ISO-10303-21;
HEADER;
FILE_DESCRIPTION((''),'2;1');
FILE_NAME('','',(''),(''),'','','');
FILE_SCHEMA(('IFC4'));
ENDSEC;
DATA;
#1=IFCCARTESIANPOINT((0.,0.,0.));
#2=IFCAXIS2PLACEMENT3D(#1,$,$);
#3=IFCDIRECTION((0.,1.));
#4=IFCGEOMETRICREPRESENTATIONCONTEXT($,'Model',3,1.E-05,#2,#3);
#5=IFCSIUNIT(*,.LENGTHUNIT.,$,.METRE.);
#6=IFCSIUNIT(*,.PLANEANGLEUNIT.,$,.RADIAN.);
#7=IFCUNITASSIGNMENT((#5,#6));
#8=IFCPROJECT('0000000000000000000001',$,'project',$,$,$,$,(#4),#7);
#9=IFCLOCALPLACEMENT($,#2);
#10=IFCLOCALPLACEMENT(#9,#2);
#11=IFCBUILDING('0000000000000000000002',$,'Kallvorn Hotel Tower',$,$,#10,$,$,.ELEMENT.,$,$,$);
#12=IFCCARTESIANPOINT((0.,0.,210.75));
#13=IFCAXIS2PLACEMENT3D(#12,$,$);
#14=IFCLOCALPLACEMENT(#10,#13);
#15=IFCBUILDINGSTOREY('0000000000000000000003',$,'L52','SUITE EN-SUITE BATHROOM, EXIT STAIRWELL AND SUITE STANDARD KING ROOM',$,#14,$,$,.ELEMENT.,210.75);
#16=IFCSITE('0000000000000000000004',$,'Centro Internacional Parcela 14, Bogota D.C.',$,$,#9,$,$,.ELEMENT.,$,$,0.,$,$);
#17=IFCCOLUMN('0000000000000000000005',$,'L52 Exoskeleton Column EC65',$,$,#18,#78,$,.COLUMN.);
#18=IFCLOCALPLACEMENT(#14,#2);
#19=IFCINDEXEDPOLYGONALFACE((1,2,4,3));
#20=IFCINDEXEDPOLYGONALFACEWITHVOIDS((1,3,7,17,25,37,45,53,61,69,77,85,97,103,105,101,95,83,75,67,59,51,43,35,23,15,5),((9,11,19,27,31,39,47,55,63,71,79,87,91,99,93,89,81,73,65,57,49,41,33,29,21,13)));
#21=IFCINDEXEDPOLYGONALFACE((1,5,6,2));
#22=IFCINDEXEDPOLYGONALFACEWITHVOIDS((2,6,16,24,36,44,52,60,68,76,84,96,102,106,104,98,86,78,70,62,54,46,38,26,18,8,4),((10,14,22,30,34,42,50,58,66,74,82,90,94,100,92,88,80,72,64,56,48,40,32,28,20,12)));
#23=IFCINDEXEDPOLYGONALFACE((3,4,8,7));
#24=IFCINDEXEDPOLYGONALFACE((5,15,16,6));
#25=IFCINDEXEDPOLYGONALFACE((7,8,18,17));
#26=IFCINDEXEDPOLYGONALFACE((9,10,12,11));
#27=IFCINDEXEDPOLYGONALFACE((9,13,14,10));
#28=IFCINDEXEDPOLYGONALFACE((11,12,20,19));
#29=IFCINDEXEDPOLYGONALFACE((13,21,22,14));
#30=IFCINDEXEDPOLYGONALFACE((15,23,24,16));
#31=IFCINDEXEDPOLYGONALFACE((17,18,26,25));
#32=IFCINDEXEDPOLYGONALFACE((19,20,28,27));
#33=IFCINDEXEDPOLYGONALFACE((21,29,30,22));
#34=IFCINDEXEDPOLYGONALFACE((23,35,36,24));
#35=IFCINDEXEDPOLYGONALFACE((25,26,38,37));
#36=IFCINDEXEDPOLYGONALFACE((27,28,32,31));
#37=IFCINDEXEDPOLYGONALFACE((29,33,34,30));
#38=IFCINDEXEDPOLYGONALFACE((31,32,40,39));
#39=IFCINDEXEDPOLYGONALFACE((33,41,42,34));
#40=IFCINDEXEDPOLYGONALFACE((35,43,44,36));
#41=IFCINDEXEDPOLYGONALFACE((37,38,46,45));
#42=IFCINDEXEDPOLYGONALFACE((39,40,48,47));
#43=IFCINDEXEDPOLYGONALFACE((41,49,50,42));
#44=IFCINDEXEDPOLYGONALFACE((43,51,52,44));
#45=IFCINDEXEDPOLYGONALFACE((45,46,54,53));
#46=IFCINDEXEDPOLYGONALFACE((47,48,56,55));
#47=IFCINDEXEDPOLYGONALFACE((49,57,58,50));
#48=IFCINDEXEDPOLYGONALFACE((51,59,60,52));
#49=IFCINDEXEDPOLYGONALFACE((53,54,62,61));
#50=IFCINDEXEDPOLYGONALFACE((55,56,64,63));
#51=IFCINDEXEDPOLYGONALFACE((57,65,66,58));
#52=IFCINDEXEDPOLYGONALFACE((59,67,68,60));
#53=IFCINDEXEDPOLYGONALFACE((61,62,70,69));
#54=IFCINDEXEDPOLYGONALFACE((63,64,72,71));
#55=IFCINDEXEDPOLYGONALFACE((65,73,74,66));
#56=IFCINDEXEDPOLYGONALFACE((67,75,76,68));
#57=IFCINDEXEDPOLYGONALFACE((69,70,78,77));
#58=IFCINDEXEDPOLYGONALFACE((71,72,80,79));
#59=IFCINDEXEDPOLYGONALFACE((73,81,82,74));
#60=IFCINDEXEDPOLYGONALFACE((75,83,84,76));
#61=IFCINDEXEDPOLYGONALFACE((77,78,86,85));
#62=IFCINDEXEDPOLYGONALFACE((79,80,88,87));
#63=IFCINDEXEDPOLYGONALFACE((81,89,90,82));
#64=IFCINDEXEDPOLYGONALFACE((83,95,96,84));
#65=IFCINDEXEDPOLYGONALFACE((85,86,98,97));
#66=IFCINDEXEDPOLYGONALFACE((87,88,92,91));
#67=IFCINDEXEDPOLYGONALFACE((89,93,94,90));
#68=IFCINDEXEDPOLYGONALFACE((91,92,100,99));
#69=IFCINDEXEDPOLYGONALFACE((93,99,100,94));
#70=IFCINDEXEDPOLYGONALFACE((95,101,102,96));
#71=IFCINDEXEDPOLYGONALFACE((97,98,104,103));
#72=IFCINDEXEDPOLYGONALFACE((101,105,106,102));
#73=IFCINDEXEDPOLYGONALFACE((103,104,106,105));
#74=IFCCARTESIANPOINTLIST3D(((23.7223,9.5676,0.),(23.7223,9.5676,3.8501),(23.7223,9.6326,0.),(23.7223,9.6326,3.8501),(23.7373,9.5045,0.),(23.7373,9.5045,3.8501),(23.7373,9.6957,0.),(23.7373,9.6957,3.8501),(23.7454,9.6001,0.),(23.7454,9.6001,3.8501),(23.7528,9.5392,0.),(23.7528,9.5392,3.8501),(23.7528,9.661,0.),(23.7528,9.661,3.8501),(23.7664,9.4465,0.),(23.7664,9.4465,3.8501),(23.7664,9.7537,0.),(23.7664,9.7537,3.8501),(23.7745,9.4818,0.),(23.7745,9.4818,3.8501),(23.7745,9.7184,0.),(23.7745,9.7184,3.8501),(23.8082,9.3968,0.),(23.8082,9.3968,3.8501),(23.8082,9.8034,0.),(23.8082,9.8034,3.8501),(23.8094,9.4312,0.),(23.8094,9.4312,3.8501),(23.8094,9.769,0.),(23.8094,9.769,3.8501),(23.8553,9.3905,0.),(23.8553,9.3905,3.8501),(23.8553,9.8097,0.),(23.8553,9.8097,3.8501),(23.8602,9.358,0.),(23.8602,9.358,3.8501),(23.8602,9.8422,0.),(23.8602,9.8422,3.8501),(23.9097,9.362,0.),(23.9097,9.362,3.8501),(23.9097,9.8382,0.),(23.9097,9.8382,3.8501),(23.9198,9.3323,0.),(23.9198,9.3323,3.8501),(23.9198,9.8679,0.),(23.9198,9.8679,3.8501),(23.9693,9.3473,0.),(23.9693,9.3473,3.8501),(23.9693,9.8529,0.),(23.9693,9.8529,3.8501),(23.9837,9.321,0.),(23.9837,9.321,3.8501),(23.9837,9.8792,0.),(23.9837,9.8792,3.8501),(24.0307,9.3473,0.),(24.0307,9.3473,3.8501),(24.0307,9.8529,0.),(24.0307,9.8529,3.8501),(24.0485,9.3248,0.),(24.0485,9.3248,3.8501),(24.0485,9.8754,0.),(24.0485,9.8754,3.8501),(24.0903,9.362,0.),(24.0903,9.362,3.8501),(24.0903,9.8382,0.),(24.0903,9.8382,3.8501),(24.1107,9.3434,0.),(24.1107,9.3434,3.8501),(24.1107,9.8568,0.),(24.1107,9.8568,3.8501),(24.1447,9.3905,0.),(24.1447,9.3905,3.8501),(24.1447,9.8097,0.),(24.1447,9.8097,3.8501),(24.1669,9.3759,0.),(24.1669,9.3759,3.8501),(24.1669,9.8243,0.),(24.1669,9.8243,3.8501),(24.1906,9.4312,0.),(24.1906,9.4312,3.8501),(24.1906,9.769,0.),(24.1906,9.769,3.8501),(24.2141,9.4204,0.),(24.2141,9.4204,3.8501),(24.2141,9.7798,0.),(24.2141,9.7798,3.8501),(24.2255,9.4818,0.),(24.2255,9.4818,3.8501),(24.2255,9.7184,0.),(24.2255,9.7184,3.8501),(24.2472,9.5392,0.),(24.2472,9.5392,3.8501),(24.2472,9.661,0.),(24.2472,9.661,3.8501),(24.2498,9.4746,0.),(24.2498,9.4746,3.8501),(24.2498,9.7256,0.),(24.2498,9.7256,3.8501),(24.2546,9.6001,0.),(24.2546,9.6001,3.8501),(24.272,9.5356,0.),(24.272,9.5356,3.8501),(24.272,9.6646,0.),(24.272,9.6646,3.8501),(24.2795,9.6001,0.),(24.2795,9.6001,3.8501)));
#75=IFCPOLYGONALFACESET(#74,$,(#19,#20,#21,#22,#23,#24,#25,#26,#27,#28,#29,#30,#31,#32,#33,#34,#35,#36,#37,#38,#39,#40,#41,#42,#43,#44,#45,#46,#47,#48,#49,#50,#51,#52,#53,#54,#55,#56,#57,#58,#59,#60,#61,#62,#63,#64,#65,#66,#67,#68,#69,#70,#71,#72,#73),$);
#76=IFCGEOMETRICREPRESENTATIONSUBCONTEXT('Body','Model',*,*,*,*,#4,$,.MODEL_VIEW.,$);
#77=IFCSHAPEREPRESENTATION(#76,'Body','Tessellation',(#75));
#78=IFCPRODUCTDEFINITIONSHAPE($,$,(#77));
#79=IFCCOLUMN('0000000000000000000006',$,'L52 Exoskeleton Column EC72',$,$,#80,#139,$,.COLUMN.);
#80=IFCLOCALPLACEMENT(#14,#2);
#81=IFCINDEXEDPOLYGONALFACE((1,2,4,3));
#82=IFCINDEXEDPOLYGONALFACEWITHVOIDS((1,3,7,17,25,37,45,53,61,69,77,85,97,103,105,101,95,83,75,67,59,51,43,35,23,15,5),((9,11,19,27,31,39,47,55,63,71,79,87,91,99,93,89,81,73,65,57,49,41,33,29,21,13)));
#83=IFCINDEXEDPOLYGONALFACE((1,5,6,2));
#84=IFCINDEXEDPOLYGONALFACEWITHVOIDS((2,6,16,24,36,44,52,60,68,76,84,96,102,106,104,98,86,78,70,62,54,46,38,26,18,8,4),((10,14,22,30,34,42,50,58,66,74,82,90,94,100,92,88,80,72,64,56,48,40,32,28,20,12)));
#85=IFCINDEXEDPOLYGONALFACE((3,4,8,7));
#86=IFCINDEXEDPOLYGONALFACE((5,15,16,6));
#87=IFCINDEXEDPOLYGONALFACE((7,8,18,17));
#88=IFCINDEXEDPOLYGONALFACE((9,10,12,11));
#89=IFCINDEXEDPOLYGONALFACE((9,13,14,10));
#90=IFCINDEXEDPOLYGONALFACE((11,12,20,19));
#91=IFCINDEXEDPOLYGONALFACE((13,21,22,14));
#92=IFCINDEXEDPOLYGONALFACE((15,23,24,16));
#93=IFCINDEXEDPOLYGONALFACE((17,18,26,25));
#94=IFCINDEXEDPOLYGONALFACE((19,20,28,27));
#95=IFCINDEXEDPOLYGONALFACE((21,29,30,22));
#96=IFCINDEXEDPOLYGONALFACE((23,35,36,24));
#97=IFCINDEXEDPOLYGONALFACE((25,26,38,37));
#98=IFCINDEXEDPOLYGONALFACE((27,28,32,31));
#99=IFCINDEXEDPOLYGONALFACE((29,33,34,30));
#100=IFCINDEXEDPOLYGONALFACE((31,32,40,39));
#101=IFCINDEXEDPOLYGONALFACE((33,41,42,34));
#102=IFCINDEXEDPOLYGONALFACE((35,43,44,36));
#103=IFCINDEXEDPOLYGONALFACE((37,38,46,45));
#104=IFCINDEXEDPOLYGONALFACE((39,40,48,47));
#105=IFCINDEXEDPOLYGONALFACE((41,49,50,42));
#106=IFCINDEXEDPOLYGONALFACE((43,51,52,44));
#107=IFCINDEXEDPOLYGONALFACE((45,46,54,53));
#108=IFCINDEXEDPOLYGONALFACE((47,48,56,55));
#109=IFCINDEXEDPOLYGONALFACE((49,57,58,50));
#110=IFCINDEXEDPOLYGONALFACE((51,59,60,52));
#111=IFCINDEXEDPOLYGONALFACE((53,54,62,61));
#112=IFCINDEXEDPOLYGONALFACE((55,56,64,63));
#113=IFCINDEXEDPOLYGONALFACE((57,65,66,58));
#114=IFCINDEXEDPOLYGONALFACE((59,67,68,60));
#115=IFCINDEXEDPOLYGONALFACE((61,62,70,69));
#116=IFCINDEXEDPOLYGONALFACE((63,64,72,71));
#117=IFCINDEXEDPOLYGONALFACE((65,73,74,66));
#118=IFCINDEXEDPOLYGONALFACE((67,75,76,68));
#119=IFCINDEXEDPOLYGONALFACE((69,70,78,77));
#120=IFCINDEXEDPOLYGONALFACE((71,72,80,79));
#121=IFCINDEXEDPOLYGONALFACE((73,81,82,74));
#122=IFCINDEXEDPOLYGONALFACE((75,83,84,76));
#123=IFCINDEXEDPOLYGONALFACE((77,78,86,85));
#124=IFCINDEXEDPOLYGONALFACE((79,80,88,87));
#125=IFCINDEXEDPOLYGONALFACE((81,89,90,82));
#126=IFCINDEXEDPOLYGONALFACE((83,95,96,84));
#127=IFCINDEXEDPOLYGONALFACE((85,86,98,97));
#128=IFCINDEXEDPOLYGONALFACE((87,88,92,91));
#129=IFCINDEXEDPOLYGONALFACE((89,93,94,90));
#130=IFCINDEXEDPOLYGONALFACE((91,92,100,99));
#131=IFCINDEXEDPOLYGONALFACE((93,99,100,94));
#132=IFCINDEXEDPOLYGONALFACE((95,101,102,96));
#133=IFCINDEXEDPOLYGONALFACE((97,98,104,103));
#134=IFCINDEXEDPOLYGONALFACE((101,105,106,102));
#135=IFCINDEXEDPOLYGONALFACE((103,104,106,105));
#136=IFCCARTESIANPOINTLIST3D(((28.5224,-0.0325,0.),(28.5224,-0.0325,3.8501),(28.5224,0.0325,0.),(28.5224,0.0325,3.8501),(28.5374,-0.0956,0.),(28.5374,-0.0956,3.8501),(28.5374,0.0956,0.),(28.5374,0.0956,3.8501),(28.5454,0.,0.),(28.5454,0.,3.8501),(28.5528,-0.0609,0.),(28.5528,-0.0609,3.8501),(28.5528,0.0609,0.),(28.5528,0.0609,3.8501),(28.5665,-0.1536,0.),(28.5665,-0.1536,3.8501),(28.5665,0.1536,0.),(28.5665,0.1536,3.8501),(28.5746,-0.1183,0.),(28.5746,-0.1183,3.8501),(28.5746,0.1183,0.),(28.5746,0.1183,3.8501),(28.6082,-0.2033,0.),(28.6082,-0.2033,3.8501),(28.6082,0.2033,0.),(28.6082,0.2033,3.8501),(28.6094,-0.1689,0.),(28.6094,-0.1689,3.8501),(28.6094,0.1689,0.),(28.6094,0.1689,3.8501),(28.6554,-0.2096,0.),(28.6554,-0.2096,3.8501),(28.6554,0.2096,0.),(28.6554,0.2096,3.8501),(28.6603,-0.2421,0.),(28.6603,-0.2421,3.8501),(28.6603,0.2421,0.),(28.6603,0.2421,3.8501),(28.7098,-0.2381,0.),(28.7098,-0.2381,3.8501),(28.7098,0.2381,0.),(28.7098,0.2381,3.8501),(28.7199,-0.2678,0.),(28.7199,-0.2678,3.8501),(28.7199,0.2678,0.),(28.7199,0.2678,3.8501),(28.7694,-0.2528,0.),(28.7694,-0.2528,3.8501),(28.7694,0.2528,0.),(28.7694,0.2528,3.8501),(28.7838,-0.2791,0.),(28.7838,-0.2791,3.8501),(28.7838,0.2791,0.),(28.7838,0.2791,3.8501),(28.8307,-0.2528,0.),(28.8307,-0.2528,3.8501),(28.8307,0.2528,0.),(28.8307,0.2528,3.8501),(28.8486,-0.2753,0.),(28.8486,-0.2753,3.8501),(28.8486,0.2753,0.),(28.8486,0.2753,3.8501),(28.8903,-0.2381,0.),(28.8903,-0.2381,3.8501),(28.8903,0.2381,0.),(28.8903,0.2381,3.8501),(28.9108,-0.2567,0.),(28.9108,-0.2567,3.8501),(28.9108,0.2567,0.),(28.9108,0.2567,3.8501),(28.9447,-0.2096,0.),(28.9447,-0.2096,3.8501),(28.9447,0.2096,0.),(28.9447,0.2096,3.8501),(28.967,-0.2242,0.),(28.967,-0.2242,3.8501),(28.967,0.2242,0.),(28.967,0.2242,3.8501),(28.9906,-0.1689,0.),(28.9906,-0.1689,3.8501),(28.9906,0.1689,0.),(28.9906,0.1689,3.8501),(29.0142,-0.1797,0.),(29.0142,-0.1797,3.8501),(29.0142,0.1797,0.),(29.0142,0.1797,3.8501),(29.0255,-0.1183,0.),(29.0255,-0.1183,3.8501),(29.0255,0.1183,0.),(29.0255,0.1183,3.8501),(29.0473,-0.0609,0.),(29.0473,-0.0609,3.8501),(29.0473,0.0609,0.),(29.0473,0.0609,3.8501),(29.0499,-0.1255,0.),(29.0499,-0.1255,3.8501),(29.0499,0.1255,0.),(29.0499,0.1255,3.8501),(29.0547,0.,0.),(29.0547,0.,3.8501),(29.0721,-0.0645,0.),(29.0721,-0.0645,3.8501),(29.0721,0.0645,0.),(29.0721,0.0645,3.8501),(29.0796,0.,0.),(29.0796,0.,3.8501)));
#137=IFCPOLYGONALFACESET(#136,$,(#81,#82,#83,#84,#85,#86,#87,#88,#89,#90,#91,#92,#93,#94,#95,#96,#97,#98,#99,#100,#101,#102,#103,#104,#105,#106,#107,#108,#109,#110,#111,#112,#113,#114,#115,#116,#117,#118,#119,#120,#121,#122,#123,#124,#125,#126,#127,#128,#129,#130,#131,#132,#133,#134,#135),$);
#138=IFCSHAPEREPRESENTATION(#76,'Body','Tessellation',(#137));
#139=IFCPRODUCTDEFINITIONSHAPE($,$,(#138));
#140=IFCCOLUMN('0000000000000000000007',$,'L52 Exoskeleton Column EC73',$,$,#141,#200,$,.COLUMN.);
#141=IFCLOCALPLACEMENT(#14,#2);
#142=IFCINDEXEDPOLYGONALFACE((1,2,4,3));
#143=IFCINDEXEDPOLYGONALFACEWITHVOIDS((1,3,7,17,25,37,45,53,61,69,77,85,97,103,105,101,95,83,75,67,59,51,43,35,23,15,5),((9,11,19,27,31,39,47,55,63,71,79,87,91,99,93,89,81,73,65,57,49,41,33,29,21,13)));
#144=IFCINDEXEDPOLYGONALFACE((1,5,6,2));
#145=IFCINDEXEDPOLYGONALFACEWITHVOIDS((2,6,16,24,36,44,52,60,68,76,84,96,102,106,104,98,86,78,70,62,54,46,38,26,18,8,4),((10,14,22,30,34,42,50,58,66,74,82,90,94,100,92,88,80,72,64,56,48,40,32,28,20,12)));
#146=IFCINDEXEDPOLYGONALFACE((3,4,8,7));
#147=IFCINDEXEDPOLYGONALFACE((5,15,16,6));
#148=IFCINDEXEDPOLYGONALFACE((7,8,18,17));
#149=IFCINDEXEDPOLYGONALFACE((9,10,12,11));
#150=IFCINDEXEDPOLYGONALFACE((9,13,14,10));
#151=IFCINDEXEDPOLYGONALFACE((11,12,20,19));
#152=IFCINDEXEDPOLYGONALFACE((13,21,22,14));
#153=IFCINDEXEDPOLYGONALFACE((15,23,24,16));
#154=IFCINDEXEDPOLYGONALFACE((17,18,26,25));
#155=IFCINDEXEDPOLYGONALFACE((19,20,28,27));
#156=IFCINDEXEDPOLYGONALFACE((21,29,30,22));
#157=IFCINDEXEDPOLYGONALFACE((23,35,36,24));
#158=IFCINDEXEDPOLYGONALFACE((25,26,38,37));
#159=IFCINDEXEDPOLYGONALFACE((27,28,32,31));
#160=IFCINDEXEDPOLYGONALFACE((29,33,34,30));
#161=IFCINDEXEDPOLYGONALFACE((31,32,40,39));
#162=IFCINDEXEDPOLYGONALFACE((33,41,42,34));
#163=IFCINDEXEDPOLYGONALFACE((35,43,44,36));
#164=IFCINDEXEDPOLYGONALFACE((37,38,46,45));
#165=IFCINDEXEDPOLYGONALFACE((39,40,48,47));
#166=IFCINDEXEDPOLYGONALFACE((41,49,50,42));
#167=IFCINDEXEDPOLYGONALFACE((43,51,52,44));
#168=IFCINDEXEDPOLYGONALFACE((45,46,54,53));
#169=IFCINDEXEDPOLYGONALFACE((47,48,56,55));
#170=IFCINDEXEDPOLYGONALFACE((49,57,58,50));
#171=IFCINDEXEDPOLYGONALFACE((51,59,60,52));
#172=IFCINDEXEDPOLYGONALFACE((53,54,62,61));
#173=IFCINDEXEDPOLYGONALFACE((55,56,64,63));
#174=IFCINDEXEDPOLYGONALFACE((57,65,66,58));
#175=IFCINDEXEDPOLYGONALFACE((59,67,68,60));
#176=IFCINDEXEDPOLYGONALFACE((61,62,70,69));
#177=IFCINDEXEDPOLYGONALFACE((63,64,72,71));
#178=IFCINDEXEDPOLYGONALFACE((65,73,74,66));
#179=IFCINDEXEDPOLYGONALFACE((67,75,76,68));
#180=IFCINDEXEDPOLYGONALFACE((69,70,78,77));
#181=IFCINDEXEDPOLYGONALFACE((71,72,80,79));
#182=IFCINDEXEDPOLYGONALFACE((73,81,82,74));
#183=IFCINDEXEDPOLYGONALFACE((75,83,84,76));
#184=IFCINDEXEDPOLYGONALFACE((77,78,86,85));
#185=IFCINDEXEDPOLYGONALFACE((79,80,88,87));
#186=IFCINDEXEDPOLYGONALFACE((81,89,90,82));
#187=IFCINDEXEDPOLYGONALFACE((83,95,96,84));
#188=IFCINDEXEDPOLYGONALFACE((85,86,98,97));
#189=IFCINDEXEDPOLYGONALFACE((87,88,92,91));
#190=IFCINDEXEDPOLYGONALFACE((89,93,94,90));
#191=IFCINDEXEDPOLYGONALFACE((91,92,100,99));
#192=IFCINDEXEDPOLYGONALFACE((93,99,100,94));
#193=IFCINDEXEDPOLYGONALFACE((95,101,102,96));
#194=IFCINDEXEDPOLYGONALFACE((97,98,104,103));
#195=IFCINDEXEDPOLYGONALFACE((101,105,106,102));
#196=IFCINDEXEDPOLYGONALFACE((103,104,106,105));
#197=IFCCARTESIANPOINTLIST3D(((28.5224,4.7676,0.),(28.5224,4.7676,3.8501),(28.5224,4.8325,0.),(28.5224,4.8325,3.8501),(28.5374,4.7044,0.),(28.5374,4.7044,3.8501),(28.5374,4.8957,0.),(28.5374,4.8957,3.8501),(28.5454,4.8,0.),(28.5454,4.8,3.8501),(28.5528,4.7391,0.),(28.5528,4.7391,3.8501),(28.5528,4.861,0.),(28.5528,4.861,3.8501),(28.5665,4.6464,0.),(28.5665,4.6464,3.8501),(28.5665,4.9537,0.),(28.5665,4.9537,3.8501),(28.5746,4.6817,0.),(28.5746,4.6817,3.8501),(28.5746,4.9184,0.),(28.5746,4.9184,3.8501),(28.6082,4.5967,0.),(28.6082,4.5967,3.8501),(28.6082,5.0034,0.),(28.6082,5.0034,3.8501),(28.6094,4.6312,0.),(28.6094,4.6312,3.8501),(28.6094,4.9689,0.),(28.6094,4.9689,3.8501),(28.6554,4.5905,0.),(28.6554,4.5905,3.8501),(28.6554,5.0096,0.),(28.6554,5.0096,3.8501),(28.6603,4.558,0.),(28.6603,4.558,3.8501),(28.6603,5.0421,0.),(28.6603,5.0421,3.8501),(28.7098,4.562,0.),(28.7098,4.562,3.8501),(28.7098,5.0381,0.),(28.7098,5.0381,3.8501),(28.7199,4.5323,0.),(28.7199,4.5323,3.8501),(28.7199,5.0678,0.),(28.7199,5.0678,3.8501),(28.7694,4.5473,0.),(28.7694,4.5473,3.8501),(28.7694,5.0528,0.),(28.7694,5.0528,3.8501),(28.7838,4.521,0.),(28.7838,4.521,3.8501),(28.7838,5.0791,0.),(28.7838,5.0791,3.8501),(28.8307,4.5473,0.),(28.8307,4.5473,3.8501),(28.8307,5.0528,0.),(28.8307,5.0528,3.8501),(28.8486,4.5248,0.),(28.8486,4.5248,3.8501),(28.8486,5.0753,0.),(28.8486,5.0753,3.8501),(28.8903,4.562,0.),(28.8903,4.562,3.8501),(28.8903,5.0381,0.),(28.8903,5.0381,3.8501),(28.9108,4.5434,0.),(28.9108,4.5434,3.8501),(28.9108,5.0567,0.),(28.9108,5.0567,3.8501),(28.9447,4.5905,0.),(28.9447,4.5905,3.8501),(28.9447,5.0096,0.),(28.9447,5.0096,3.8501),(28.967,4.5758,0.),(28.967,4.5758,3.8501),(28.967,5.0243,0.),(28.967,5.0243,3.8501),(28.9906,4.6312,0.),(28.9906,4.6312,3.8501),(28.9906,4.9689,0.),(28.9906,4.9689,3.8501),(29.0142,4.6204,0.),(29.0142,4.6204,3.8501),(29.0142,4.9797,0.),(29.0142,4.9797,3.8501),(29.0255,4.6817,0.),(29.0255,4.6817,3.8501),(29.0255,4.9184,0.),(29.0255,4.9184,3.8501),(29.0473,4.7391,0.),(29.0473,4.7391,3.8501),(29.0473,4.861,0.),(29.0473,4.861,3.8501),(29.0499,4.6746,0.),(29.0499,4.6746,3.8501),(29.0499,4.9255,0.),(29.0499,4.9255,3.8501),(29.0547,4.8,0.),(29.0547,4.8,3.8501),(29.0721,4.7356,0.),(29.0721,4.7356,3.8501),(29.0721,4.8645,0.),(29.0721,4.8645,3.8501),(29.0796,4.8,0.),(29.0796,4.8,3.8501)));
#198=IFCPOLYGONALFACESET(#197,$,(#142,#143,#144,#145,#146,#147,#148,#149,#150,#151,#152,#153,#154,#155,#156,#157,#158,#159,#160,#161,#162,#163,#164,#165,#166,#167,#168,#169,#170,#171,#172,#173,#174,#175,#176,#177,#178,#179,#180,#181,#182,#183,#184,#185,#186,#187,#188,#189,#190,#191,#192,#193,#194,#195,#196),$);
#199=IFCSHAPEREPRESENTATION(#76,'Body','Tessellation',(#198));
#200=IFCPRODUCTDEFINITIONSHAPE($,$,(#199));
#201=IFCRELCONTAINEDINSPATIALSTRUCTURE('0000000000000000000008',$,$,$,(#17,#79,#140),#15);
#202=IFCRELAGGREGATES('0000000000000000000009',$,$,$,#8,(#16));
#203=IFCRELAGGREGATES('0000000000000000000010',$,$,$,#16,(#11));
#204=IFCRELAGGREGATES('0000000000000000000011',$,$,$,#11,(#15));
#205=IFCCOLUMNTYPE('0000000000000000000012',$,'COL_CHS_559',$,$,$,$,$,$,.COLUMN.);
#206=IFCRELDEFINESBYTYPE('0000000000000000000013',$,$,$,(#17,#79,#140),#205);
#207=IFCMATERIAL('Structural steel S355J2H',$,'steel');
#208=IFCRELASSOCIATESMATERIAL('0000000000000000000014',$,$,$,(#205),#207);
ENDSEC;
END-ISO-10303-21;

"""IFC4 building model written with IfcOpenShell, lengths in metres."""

from ifc_helpers import new_model, si_unit, direction, frame, origin, origin_2d, place, context, subcontext, project, spatial, hollow_circle, extrude, material, material_profile, profile_set, type_object, element, save


model = new_model("IFC4")

# Units and contexts
model_context = context("Model", 3, precision=1e-05, world=origin(), true_north=direction((0.0, 1.0)))
body_context = subcontext(model_context, "Body", "Model", "MODEL_VIEW")
ifc_project = project(units=[si_unit("LENGTHUNIT", "METRE"), si_unit("PLANEANGLEUNIT", "RADIAN")], contexts=[model_context])

# Site, building, storey
site_placement = place(None, origin())
site = spatial("IfcSite", under=ifc_project, at=site_placement, Name="Centro Internacional Parcela 14, Bogota D.C.", CompositionType="ELEMENT", RefElevation=0.0)
building_placement = place(site_placement, origin())
building = spatial("IfcBuilding", under=site, at=building_placement, Name="Kallvorn Hotel Tower", CompositionType="ELEMENT")
storey_placement = place(building_placement, frame((0.0, 0.0, 210.75)))
storey = spatial("IfcBuildingStorey", under=building, at=storey_placement, Name="L52", Description="SUITE EN-SUITE BATHROOM, EXIT STAIRWELL AND SUITE STANDARD KING ROOM", CompositionType="ELEMENT", Elevation=210.75)

# Columns
ifc_material_1 = material(Name="Structural steel S355J2H", Category="steel")
ifc_material_profile_1 = material_profile(ifc_material_1, hollow_circle(Radius=0.2795, WallThickness=0.0249, at=origin_2d()), Name="CHS 559x25")
ifc_profile_set_1 = profile_set([ifc_material_profile_1], Name="Structural steel S355J2H")
column_type_1 = type_object("IfcColumnType", Name="COL_CHS_559", PredefinedType="COLUMN", material=ifc_profile_set_1)
for number, where, z_axis, x_axis, name in (
    (1, (24.0, 9.6001, 0.0), (0.0, 0.0, 1.0), (1.0, 0.0, 0.0), "L52 Exoskeleton Column EC65"),
    (2, (28.8, 0.0, 0.0), (0.0, 0.0, 1.0), (1.0, 0.0, 0.0), "L52 Exoskeleton Column EC72"),
    (3, (28.8, 4.8, 0.0), (0.0, 0.0, 1.0), (1.0, 0.0, 0.0), "L52 Exoskeleton Column EC73"),
):
    element("IfcColumn", number, at=place(storey_placement, frame(where, z_axis=z_axis, x_axis=x_axis)), inside=storey, type_object=column_type_1, Name=name, PredefinedType="COLUMN", context=body_context, shape_type="SweptSolid", body=[
        extrude(hollow_circle(Radius=0.2795, WallThickness=0.0249, at=origin_2d()), origin(), (0.0, 0.0, 1.0), 3.8501),
    ])

save(model, "model.ifc")
